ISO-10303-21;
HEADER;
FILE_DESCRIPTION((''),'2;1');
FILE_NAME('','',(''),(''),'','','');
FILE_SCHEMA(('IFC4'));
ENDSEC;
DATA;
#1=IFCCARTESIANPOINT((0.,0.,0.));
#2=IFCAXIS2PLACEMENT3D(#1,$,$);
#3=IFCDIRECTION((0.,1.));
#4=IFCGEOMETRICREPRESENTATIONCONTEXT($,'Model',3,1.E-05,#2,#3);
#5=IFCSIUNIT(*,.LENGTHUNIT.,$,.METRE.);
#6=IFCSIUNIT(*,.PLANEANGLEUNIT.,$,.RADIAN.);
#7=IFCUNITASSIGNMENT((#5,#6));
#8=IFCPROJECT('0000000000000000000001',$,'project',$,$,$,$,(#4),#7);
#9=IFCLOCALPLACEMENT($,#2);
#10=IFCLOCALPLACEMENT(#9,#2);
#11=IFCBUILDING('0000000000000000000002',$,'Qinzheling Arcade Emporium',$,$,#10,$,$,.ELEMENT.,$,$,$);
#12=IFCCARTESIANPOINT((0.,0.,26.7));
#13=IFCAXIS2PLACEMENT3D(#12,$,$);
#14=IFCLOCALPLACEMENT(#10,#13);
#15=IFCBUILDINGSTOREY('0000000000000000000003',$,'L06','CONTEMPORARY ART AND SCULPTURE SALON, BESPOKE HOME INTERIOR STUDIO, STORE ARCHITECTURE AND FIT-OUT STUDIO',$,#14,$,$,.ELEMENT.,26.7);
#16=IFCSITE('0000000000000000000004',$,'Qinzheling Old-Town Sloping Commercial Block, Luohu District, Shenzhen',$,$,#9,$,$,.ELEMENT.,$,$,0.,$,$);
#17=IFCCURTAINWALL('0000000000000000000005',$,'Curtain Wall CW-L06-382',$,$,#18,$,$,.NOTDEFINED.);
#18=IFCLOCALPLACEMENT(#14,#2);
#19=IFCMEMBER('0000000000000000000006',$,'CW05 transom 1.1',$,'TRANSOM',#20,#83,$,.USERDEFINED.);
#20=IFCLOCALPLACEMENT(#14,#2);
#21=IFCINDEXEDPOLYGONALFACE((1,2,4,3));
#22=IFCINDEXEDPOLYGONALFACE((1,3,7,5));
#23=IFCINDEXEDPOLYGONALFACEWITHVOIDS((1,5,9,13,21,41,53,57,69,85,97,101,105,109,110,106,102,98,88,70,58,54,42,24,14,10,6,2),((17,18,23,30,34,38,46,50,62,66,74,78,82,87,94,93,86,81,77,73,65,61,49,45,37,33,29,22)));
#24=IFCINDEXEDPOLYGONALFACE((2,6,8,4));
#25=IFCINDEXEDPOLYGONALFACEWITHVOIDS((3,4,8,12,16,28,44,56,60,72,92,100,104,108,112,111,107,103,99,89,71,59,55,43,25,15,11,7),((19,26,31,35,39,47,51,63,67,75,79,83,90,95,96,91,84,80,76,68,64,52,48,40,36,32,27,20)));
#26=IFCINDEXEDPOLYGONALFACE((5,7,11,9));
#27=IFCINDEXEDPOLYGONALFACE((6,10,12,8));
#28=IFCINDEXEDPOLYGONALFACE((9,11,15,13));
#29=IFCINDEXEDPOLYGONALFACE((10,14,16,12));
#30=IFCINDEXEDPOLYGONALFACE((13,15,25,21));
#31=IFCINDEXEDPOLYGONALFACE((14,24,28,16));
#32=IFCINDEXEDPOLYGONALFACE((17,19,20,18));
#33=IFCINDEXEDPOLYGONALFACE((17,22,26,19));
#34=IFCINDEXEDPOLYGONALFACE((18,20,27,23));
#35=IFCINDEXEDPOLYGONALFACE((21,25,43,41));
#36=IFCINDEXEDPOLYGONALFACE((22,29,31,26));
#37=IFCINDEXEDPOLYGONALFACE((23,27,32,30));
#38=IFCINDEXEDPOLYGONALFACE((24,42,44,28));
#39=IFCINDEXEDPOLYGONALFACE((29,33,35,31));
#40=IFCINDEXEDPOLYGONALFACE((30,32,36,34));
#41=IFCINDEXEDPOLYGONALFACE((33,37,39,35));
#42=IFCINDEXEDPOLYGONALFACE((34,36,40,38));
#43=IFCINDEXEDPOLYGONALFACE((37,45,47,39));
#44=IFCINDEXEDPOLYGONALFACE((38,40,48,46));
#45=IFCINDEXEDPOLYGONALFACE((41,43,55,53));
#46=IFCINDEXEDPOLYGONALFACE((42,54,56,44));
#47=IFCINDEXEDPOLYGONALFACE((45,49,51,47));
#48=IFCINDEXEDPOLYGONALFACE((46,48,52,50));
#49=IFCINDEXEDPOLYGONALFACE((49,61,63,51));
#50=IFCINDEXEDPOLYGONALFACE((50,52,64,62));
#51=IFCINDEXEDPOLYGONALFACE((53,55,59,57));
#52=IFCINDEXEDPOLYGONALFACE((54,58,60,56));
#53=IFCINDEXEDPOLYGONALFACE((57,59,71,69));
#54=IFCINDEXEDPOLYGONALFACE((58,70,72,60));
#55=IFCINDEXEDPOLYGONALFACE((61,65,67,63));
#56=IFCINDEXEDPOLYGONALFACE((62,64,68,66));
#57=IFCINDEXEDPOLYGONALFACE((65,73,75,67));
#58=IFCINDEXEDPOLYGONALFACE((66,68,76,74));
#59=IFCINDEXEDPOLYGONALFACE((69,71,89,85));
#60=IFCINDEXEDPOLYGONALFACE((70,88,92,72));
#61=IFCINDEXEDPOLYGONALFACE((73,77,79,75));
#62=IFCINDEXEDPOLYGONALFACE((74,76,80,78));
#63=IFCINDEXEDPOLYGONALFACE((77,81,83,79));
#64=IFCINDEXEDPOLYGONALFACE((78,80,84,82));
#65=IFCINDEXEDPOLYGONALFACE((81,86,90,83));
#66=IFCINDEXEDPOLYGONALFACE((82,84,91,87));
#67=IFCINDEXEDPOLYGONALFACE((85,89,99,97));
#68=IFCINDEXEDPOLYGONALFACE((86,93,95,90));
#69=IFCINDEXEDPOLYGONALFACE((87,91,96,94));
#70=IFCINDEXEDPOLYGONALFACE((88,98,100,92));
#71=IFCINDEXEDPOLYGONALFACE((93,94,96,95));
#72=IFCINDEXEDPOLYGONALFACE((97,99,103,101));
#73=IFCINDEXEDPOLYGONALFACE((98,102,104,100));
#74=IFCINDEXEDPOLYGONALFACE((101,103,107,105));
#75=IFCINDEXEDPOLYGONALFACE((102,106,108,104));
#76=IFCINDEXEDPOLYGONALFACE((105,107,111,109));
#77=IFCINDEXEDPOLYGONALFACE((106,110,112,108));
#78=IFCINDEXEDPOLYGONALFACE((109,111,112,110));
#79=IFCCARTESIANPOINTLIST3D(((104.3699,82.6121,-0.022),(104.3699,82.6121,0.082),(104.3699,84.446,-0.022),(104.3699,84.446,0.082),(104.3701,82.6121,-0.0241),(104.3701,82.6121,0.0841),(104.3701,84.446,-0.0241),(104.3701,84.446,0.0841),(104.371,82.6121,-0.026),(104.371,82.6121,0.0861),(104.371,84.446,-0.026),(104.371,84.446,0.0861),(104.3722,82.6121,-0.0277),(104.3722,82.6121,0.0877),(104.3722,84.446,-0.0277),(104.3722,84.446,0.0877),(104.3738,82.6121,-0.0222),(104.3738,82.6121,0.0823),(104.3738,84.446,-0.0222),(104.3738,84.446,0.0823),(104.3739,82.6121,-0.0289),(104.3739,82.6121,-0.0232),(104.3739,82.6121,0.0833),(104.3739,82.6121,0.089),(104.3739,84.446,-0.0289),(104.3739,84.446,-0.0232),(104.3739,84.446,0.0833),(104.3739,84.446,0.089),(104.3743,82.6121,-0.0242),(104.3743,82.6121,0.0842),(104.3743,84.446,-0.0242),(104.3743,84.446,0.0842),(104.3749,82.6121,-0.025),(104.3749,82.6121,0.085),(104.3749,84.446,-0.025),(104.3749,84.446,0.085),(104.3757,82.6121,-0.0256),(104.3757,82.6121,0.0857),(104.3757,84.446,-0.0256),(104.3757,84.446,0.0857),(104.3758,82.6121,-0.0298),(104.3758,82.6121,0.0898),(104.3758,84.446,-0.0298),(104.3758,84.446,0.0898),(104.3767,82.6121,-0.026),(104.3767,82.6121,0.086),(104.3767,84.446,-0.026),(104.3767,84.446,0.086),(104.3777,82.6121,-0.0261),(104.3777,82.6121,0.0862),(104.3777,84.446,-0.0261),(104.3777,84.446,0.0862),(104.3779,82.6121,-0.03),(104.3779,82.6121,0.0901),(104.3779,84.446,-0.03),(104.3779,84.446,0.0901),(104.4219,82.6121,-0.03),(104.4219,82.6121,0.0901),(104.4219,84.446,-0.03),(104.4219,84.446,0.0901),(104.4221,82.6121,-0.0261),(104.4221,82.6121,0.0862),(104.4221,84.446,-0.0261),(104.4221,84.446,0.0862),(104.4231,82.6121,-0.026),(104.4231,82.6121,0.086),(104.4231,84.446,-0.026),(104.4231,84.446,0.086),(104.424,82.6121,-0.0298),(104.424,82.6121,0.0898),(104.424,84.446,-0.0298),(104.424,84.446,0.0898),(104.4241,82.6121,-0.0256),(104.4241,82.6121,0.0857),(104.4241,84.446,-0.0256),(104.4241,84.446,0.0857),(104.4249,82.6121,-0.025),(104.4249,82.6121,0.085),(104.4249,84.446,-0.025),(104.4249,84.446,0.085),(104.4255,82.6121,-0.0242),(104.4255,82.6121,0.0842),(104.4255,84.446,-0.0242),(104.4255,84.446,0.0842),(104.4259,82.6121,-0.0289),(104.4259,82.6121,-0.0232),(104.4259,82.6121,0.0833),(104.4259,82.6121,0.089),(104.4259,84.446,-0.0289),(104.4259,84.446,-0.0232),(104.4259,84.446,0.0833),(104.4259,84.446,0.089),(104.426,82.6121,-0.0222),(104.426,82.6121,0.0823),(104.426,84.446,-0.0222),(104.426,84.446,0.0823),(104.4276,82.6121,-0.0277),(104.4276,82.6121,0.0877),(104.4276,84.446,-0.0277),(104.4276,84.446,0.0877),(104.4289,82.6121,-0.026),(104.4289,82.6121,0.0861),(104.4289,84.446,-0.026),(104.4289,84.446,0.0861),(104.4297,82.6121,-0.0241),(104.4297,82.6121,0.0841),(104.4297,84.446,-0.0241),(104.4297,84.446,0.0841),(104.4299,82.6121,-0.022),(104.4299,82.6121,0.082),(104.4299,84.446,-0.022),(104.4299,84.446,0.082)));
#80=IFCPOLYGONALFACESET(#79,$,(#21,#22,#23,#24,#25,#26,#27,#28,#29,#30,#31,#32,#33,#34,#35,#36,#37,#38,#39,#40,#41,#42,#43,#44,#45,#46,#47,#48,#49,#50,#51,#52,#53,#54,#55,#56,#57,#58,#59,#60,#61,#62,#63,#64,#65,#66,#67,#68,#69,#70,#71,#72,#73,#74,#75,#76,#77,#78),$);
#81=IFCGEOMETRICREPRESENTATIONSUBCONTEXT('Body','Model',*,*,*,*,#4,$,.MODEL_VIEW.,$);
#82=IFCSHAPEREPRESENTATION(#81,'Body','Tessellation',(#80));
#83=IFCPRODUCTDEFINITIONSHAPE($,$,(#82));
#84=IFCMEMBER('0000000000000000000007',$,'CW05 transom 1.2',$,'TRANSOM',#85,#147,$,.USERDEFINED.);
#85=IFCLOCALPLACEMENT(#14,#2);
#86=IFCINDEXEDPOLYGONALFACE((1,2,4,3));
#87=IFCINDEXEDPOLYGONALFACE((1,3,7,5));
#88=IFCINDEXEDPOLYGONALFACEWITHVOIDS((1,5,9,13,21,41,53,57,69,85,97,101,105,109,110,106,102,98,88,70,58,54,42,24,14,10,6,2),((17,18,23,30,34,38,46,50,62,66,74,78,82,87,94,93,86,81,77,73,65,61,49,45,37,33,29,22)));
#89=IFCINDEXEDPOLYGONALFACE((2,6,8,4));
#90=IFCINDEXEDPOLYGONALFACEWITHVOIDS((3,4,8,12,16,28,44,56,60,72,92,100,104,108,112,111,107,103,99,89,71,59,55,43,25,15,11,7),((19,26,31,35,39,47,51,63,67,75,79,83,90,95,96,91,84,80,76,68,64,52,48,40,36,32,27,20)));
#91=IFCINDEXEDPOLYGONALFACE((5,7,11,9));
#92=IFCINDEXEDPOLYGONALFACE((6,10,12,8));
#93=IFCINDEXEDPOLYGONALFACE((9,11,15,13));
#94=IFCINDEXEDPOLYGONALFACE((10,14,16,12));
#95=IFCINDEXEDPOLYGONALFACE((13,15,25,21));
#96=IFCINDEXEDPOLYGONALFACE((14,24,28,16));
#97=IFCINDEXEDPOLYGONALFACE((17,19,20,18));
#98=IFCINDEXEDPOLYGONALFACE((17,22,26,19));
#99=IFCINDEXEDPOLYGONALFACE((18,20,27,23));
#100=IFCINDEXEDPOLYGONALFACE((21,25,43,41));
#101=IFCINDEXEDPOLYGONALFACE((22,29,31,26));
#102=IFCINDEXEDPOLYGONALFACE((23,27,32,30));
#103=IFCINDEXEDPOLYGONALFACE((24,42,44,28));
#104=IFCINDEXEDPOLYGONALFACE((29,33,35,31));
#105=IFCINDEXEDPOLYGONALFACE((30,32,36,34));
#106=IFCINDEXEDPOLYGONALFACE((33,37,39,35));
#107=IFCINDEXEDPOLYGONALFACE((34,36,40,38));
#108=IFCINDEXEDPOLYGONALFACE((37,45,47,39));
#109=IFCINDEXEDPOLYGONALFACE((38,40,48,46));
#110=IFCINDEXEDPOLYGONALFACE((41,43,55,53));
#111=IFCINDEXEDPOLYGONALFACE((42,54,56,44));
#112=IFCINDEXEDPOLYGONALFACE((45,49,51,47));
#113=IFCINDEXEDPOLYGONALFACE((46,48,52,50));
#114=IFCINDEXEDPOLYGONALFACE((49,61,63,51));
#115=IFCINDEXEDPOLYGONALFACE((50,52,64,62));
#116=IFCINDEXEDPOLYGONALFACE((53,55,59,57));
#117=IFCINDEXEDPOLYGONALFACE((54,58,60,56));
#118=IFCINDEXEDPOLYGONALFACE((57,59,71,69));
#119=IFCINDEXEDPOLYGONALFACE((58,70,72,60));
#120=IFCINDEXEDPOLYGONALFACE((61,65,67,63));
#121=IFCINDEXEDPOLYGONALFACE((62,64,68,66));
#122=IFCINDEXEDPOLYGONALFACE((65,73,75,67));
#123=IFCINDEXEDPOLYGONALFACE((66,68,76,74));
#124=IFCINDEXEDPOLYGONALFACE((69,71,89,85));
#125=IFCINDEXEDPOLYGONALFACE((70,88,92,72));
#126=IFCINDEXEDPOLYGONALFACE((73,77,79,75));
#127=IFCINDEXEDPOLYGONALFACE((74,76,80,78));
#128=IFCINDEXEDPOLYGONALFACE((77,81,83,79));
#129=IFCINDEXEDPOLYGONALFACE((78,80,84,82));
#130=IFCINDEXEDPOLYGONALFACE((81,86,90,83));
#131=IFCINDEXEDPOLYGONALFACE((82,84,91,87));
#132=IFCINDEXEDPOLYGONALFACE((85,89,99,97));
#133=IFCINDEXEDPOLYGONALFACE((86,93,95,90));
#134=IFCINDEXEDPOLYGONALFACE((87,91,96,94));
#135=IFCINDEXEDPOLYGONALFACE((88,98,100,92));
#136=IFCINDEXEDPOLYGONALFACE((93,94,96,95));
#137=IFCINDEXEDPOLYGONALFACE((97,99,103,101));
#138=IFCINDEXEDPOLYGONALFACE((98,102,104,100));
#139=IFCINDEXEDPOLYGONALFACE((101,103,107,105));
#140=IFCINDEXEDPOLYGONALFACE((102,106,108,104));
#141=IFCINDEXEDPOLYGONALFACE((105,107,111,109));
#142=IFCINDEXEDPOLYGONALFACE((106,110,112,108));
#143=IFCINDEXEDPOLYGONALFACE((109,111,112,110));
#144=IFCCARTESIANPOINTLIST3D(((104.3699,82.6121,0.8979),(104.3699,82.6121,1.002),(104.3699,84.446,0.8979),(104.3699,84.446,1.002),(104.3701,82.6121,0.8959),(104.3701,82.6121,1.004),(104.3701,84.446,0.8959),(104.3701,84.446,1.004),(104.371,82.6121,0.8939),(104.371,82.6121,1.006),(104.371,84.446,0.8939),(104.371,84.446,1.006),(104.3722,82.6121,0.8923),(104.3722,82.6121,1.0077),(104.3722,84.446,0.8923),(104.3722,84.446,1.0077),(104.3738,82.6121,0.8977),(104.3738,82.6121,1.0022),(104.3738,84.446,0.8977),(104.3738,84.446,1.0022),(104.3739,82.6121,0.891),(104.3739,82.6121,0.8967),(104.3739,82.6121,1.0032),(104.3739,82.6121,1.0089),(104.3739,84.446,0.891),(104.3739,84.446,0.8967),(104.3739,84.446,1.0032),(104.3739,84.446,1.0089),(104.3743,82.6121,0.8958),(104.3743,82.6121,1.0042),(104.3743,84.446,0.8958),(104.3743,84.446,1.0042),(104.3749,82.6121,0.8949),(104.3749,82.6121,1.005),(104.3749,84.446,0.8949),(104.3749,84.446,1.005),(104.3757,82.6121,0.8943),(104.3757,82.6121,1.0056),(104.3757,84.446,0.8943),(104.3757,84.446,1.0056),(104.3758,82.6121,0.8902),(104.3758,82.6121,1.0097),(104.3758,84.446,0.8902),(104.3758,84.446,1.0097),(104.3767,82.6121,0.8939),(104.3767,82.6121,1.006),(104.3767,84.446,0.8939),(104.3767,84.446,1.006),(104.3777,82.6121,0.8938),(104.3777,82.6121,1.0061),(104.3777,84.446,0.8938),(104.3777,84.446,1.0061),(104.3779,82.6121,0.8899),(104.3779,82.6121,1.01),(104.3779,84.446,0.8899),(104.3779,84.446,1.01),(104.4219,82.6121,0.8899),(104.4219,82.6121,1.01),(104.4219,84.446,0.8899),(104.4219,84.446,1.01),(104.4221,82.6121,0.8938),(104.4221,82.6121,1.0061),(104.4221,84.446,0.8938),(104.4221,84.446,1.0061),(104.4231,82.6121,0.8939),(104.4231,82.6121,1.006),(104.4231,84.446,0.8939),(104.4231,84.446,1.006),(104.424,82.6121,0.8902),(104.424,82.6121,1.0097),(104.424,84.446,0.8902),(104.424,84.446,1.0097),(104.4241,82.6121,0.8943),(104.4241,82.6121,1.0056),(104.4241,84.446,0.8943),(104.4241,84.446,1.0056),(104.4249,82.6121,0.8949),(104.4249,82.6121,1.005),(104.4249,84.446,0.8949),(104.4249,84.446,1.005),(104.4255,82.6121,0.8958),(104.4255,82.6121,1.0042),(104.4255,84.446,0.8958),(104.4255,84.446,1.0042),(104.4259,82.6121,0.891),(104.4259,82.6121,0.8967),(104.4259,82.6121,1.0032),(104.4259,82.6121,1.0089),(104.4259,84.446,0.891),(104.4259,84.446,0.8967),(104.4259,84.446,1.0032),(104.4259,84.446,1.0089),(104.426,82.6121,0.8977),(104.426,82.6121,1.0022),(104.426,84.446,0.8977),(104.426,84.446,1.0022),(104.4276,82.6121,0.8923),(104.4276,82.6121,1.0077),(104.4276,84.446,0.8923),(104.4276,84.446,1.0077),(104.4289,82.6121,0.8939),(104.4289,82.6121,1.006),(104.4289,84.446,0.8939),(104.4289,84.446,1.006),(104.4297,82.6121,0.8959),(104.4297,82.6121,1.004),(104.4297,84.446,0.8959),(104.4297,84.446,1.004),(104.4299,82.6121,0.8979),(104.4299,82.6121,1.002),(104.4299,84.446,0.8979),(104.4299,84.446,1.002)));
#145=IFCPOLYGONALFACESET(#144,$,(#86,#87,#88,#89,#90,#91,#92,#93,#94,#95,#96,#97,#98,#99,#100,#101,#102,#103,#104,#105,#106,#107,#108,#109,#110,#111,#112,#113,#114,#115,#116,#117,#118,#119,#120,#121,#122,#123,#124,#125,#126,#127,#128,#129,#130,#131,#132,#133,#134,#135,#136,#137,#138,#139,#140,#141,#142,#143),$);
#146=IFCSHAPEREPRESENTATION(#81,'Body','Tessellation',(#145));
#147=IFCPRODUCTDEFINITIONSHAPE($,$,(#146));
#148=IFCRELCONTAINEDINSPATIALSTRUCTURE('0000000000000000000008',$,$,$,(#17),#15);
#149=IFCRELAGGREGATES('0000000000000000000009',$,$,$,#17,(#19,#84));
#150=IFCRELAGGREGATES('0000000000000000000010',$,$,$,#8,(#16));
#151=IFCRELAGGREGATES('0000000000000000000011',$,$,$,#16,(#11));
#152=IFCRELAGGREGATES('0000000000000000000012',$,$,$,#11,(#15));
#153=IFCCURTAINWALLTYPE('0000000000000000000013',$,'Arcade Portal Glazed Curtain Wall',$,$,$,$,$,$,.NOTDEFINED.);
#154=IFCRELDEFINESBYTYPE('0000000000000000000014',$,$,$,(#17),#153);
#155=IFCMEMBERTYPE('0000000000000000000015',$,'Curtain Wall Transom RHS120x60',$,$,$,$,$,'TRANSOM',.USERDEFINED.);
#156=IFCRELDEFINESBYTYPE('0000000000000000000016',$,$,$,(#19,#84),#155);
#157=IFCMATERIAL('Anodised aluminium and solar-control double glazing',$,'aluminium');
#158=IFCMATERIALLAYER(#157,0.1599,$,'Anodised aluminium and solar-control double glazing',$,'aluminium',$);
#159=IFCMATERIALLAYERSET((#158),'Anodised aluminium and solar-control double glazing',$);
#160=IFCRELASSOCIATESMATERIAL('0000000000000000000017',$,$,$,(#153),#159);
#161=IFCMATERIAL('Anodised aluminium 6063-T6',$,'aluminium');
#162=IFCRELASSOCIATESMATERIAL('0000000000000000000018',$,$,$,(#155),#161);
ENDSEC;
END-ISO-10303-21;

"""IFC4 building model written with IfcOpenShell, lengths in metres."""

from ifc_helpers import new_model, si_unit, direction, frame, origin, origin_2d, place, context, subcontext, project, spatial, hollow_rectangle, extrude, material, layer, layer_set, material_profile, profile_set, type_object, element, aggregate, save


model = new_model("IFC4")

# Units and contexts
model_context = context("Model", 3, precision=1e-05, world=origin(), true_north=direction((0.0, 1.0)))
body_context = subcontext(model_context, "Body", "Model", "MODEL_VIEW")
ifc_project = project(units=[si_unit("LENGTHUNIT", "METRE"), si_unit("PLANEANGLEUNIT", "RADIAN")], contexts=[model_context])

# Site, building, storey
site_placement = place(None, origin())
site = spatial("IfcSite", under=ifc_project, at=site_placement, Name="Qinzheling Old-Town Sloping Commercial Block, Luohu District, Shenzhen", CompositionType="ELEMENT", RefElevation=0.0)
building_placement = place(site_placement, origin())
building = spatial("IfcBuilding", under=site, at=building_placement, Name="Qinzheling Arcade Emporium", CompositionType="ELEMENT")
storey_placement = place(building_placement, frame((0.0, 0.0, 26.7)))
storey = spatial("IfcBuildingStorey", under=building, at=storey_placement, Name="L06", Description="CONTEMPORARY ART AND SCULPTURE SALON, BESPOKE HOME INTERIOR STUDIO, STORE ARCHITECTURE AND FIT-OUT STUDIO", CompositionType="ELEMENT", Elevation=26.7)

# Curtain wall, members
ifc_material_1 = material(Name="Anodised aluminium and solar-control double glazing", Category="aluminium")
ifc_layer_1 = layer(ifc_material_1, 0.1599, Name="Anodised aluminium and solar-control double glazing", Category="aluminium")
ifc_layer_set_1 = layer_set([ifc_layer_1], Name="Anodised aluminium and solar-control double glazing")
curtain_wall_type = type_object("IfcCurtainWallType", Name="Arcade Portal Glazed Curtain Wall", PredefinedType="NOTDEFINED", material=ifc_layer_set_1)
curtain_wall_placement = place(storey_placement, origin())
curtain_wall = element("IfcCurtainWall", 1, at=curtain_wall_placement, inside=storey, type_object=curtain_wall_type, Name="Curtain Wall CW-L06-382", PredefinedType="NOTDEFINED")
ifc_material_2 = material(Name="Anodised aluminium 6063-T6", Category="aluminium")
ifc_material_profile_1 = material_profile(ifc_material_2, hollow_rectangle(XDim=0.0601, YDim=0.1201, WallThickness=0.0039, InnerFilletRadius=0.0039, OuterFilletRadius=0.0081, at=origin_2d()), Name="RHS 120x60x4", Category="aluminium")
ifc_profile_set_1 = profile_set([ifc_material_profile_1], Name="Anodised aluminium 6063-T6")
member_type_1 = type_object("IfcMemberType", Name="Curtain Wall Transom RHS120x60", ElementType="TRANSOM", PredefinedType="USERDEFINED", material=ifc_profile_set_1)
member_1_placement = place(storey_placement, frame((104.3999, 82.6121, 0.03), z_axis=(0.0, 1.0, 0.0), x_axis=(-1.0, 0.0, 0.0)))
member_1 = element("IfcMember", 2, at=member_1_placement, type_object=member_type_1, Name="CW05 transom 1.1", ObjectType="TRANSOM", PredefinedType="USERDEFINED", context=body_context, shape_type="SweptSolid", body=[
    extrude(hollow_rectangle(XDim=0.0601, YDim=0.1201, WallThickness=0.0039, InnerFilletRadius=0.0039, OuterFilletRadius=0.0081, at=origin_2d()), origin(), (0.0, 0.0, 1.0), 1.834),
])
member_2_placement = place(storey_placement, frame((104.3999, 82.6121, 0.95), z_axis=(0.0, 1.0, 0.0), x_axis=(-1.0, 0.0, 0.0)))
member_2 = element("IfcMember", 3, at=member_2_placement, type_object=member_type_1, Name="CW05 transom 1.2", ObjectType="TRANSOM", PredefinedType="USERDEFINED", context=body_context, shape_type="SweptSolid", body=[
    extrude(hollow_rectangle(XDim=0.0601, YDim=0.1201, WallThickness=0.0039, InnerFilletRadius=0.0039, OuterFilletRadius=0.0081, at=origin_2d()), origin(), (0.0, 0.0, 1.0), 1.834),
])

aggregate(curtain_wall, [member_1, member_2])

save(model, "model.ifc")
